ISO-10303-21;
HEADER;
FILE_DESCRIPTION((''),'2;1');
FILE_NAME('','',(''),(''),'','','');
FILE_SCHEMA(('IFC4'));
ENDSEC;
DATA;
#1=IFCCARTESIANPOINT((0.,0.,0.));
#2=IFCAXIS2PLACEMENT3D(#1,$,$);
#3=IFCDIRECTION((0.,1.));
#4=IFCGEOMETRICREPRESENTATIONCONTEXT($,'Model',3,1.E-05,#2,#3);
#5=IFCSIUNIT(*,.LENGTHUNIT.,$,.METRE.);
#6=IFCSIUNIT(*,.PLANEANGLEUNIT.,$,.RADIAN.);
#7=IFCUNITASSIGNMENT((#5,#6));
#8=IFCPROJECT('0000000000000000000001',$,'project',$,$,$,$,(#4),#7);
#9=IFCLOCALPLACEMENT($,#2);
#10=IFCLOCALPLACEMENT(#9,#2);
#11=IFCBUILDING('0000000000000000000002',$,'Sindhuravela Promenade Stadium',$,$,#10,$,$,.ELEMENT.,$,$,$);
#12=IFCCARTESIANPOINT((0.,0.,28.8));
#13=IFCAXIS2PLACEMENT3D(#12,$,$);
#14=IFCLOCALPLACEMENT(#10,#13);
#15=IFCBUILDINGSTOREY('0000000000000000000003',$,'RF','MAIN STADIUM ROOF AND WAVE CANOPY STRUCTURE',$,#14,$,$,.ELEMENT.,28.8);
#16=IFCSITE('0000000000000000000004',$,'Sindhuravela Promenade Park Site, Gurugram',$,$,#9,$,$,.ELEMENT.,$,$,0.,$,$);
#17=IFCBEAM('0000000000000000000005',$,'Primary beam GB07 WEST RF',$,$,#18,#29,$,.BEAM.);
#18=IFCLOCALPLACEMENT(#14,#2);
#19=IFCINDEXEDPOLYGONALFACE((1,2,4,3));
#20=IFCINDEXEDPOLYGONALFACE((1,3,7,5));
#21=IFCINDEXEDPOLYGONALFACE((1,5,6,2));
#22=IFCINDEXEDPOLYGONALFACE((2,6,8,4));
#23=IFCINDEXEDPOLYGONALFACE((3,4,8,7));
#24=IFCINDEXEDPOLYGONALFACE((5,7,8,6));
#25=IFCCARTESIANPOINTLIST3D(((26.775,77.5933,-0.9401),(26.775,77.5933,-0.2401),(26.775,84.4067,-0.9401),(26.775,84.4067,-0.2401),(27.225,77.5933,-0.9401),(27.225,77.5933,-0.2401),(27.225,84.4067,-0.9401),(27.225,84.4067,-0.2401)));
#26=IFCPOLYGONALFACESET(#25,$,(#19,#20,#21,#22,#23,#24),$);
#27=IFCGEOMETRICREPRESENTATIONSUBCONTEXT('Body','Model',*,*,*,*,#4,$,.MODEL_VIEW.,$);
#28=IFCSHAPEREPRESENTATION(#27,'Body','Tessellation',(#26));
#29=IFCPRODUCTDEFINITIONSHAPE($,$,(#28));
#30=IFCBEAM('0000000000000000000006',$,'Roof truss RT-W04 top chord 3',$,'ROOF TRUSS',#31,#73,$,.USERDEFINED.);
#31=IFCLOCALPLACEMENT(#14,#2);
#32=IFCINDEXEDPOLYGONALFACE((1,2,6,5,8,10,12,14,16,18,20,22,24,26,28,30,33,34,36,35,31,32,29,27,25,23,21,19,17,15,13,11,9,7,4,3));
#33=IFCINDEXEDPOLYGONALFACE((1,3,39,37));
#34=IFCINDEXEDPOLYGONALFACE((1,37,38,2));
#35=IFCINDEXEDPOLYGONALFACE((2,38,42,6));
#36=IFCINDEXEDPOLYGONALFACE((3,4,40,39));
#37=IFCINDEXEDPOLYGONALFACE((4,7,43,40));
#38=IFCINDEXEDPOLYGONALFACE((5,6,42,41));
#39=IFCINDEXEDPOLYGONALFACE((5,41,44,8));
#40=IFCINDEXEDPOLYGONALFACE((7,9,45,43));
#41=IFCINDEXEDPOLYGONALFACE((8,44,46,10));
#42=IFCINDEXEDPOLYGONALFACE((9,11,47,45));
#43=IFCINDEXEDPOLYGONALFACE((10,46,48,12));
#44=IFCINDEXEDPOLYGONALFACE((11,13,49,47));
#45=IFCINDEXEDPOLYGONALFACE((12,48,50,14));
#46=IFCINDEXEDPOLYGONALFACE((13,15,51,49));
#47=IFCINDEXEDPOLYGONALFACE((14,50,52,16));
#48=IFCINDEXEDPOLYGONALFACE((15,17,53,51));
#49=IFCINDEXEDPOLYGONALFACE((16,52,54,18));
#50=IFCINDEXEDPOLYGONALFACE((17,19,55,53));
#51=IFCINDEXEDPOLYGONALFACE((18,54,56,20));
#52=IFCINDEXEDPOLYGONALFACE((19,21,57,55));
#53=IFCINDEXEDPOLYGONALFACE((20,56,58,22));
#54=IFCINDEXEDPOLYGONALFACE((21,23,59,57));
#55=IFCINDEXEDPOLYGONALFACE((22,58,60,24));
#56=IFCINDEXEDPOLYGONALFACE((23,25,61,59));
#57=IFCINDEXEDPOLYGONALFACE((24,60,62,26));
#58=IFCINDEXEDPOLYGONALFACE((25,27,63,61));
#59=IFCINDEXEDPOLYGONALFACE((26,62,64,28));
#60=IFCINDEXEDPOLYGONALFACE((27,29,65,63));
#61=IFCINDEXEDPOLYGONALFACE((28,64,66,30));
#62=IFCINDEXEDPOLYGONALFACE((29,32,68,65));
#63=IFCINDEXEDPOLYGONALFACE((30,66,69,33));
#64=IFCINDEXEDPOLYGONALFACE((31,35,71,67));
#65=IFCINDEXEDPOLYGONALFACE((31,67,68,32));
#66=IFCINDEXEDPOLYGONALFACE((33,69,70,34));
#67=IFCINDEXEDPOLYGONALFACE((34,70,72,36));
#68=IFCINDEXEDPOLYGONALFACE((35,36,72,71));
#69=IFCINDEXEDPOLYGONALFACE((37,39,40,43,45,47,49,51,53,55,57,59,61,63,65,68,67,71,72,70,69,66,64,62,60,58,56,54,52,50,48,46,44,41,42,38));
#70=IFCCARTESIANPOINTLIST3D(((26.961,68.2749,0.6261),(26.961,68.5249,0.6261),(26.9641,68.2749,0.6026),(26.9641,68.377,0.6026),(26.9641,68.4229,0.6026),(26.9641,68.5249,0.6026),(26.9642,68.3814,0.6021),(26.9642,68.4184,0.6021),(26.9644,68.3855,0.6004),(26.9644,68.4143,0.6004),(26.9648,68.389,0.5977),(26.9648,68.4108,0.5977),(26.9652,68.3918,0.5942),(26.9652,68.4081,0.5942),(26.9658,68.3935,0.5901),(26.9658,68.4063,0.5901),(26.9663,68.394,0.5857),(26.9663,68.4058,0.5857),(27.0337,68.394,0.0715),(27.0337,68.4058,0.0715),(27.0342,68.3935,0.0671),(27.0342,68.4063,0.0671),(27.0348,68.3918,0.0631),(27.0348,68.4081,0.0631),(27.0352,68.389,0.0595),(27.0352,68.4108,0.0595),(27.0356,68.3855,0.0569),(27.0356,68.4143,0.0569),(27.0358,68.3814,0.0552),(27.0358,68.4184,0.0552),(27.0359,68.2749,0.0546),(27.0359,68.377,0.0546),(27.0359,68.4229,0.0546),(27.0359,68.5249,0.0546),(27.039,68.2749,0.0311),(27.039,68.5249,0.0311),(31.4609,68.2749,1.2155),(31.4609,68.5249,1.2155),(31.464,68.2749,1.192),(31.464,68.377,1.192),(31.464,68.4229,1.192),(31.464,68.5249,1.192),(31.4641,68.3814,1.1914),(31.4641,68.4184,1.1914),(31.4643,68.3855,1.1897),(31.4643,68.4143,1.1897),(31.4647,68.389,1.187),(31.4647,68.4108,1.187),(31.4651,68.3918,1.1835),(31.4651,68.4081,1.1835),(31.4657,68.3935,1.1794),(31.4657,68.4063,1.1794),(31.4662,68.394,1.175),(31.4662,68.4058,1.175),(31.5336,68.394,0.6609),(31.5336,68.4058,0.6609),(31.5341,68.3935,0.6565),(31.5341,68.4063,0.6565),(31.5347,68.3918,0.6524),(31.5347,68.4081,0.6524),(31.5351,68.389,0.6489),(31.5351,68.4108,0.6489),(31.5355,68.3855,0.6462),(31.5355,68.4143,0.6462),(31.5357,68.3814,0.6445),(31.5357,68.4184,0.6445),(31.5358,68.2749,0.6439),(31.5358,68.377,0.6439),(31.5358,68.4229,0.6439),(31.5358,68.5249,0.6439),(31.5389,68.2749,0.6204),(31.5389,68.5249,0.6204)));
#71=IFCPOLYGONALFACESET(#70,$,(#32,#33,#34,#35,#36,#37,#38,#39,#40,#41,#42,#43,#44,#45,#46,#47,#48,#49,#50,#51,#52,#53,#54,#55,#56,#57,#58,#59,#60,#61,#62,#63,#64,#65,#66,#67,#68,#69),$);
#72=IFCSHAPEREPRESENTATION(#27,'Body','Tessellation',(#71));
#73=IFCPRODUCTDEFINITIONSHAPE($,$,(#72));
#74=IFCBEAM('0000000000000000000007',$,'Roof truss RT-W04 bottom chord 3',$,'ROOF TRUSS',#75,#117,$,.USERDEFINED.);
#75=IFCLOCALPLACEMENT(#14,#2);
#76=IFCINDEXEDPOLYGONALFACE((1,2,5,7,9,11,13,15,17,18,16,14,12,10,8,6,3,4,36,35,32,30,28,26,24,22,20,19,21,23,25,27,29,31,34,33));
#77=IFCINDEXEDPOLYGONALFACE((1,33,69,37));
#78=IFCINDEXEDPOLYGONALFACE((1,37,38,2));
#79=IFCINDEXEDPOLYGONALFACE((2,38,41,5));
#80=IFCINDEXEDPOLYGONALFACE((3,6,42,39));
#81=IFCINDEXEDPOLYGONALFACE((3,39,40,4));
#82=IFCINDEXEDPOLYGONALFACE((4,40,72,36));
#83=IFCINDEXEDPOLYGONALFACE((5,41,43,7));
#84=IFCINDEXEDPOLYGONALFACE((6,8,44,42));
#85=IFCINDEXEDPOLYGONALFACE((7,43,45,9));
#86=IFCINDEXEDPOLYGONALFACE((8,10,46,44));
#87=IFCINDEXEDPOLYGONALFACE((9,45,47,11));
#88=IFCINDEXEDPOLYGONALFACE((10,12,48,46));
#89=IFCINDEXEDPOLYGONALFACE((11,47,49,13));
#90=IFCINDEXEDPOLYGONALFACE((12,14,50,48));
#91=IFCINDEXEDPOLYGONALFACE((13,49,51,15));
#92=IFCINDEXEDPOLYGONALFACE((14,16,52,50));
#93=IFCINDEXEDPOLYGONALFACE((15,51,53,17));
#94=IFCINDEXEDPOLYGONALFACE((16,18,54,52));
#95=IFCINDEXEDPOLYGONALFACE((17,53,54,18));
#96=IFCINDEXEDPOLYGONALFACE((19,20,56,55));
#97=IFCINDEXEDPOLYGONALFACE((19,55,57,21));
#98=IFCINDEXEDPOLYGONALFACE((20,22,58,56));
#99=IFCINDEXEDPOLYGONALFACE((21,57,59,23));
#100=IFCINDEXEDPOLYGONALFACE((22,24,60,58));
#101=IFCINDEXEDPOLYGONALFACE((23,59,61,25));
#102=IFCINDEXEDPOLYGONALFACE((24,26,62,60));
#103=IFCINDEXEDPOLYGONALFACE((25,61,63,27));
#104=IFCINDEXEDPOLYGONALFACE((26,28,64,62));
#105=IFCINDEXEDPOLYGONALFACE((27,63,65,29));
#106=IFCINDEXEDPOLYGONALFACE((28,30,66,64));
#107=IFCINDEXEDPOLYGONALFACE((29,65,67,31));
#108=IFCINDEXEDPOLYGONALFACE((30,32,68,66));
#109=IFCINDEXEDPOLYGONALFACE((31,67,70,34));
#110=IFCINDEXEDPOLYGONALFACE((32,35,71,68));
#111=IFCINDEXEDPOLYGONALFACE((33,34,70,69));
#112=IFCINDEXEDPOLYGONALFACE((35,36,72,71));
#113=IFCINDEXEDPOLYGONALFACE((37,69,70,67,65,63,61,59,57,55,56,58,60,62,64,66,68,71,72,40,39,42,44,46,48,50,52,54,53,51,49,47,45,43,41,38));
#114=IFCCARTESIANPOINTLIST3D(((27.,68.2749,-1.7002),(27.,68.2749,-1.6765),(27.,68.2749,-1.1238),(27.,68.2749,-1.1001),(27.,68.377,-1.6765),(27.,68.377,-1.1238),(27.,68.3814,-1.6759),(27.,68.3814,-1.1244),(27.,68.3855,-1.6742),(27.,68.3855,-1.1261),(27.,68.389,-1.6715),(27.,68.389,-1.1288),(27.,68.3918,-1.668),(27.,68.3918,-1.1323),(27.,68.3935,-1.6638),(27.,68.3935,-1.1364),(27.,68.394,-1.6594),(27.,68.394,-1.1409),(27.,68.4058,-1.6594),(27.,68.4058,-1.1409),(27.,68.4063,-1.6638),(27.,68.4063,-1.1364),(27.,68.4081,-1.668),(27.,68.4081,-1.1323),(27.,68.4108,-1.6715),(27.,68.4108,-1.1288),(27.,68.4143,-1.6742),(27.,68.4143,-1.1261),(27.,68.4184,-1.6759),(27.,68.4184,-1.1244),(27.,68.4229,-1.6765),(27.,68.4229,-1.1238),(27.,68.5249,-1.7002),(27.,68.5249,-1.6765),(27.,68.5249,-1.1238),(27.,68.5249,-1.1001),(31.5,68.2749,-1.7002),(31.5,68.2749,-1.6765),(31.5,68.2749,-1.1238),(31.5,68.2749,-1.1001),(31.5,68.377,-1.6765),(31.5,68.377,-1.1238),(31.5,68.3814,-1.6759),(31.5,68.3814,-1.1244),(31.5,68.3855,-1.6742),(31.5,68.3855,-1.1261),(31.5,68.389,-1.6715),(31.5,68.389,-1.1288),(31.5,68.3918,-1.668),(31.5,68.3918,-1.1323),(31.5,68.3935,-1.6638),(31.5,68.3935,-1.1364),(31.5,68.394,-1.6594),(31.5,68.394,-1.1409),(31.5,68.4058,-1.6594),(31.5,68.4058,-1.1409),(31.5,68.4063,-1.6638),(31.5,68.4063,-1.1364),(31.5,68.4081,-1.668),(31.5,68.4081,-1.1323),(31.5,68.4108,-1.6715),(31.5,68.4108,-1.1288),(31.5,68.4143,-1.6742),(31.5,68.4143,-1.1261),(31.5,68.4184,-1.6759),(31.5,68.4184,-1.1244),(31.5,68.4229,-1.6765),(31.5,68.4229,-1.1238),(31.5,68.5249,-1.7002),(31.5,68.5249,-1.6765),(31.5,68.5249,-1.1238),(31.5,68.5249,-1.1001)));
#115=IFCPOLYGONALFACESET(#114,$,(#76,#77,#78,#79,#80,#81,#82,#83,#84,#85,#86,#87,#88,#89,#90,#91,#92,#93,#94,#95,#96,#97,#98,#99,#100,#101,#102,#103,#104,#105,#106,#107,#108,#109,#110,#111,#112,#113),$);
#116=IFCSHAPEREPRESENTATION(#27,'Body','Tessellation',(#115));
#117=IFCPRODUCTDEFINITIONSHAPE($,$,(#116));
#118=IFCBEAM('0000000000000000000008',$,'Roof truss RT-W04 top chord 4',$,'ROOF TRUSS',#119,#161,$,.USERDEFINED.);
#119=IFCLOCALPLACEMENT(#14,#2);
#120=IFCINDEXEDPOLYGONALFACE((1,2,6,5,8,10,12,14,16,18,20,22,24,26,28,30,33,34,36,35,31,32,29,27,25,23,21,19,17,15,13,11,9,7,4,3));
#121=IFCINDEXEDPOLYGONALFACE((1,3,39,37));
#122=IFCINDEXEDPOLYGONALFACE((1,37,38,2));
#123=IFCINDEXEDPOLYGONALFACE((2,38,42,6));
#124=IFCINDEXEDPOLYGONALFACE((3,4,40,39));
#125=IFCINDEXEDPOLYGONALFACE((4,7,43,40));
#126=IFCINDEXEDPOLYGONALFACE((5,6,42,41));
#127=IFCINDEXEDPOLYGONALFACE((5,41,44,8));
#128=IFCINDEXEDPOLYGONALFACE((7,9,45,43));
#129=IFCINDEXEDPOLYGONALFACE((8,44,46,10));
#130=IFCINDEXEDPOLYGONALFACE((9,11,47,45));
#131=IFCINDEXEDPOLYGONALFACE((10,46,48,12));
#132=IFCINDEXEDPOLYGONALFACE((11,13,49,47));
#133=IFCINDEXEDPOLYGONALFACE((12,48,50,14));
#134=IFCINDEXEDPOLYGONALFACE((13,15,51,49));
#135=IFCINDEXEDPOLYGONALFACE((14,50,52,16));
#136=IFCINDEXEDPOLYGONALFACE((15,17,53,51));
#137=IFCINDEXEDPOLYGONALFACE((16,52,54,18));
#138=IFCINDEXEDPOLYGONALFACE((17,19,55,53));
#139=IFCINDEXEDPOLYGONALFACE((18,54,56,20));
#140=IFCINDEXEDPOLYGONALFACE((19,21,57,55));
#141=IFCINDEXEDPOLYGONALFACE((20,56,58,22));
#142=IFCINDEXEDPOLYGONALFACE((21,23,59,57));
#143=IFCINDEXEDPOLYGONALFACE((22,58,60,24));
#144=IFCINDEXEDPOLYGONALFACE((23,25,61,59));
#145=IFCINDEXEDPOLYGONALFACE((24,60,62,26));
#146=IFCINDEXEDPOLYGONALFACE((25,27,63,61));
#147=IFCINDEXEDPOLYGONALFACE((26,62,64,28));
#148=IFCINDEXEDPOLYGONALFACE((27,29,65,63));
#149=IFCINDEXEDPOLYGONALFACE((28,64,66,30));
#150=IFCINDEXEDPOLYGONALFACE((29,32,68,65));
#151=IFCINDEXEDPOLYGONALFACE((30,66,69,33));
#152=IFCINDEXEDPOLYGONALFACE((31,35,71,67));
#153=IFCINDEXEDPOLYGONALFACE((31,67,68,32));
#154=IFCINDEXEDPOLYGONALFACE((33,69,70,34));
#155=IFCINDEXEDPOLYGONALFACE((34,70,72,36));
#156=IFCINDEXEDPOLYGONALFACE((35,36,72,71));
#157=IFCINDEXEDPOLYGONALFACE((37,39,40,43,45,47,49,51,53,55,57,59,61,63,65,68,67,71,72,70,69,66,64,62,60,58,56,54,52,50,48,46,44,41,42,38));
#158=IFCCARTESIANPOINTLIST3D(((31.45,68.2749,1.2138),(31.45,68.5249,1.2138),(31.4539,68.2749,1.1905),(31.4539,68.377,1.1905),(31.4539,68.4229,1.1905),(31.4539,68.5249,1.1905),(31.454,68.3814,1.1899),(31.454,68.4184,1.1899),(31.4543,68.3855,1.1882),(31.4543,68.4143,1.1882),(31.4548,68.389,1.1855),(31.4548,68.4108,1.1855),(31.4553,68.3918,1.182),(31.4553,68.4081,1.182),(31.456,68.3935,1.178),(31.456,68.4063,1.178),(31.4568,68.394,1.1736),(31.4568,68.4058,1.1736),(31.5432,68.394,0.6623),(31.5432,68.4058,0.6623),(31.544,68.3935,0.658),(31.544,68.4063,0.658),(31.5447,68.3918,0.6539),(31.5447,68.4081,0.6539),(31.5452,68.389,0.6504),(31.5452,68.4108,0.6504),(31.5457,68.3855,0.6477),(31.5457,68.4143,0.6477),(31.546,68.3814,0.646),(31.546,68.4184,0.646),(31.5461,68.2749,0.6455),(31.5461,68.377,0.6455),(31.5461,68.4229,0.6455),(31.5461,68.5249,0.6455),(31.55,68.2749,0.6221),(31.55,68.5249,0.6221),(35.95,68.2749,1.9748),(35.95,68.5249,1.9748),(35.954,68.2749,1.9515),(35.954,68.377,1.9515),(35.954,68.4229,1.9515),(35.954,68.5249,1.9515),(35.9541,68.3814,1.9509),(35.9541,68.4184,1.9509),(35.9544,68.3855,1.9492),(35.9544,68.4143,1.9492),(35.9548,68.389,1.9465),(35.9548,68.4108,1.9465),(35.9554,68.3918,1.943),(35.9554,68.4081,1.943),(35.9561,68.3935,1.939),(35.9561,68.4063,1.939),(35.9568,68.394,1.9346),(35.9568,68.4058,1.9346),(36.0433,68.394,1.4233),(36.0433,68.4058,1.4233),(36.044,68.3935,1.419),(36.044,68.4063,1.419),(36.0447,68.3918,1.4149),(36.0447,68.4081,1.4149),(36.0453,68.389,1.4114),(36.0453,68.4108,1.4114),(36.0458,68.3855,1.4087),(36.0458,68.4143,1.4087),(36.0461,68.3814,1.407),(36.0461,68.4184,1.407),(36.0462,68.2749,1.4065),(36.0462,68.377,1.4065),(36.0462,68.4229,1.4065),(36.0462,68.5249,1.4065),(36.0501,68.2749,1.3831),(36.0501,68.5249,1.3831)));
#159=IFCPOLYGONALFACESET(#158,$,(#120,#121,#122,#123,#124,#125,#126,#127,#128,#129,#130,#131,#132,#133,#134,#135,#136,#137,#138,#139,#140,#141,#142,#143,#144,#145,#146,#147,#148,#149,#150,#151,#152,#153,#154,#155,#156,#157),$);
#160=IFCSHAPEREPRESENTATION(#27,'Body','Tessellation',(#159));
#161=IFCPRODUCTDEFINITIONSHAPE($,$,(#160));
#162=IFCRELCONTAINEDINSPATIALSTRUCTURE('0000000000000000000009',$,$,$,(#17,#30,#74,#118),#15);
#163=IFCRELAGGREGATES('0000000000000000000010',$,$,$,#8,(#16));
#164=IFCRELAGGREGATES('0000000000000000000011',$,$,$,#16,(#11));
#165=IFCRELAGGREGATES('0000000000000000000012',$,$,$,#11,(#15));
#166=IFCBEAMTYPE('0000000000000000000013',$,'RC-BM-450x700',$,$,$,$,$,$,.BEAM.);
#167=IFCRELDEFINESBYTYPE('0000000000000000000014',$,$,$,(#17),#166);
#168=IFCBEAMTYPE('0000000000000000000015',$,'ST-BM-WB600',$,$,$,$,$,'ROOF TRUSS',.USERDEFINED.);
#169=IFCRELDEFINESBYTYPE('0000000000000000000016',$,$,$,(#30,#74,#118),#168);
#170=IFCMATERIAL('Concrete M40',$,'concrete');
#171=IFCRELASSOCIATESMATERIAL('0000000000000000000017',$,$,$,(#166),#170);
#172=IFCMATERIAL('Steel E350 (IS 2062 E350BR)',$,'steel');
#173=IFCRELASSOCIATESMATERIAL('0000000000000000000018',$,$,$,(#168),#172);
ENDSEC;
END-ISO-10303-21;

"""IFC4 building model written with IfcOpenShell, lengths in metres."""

from ifc_helpers import new_model, si_unit, direction, frame, origin, origin_2d, place, context, subcontext, project, spatial, rectangle, i_section, extrude, material, material_profile, profile_set, type_object, element, save


model = new_model("IFC4")

# Units and contexts
model_context = context("Model", 3, precision=1e-05, world=origin(), true_north=direction((0.0, 1.0)))
body_context = subcontext(model_context, "Body", "Model", "MODEL_VIEW")
ifc_project = project(units=[si_unit("LENGTHUNIT", "METRE"), si_unit("PLANEANGLEUNIT", "RADIAN")], contexts=[model_context])

# Site, building, storey
site_placement = place(None, origin())
site = spatial("IfcSite", under=ifc_project, at=site_placement, Name="Sindhuravela Promenade Park Site, Gurugram", CompositionType="ELEMENT", RefElevation=0.0)
building_placement = place(site_placement, origin())
building = spatial("IfcBuilding", under=site, at=building_placement, Name="Sindhuravela Promenade Stadium", CompositionType="ELEMENT")
storey_placement = place(building_placement, frame((0.0, 0.0, 28.8)))
storey = spatial("IfcBuildingStorey", under=building, at=storey_placement, Name="RF", Description="MAIN STADIUM ROOF AND WAVE CANOPY STRUCTURE", CompositionType="ELEMENT", Elevation=28.8)

# Beams
ifc_material_1 = material(Name="Concrete M40", Category="concrete")
ifc_material_profile_1 = material_profile(ifc_material_1, rectangle(XDim=0.45, YDim=0.7, at=origin_2d()), Name="RC 450x700")
ifc_profile_set_1 = profile_set([ifc_material_profile_1], Name="Concrete M40")
beam_type_1 = type_object("IfcBeamType", Name="RC-BM-450x700", PredefinedType="BEAM", material=ifc_profile_set_1)
beam_1_placement = place(storey_placement, frame((27.0, 77.5933, -0.5901), z_axis=(0.0, 1.0, 0.0), x_axis=(-1.0, 0.0, 0.0)))
element("IfcBeam", 1, at=beam_1_placement, inside=storey, type_object=beam_type_1, Name="Primary beam GB07 WEST RF", PredefinedType="BEAM", context=body_context, shape_type="SweptSolid", body=[
    extrude(rectangle(XDim=0.45, YDim=0.7, at=origin_2d()), origin(), (0.0, 0.0, 1.0), 6.8135),
])
ifc_material_2 = material(Name="Steel E350 (IS 2062 E350BR)", Category="steel")
ifc_material_profile_2 = material_profile(ifc_material_2, i_section(OverallWidth=0.25, OverallDepth=0.6001, WebThickness=0.0117, FlangeThickness=0.0237, FilletRadius=0.0171, at=origin_2d()), Name="ISWB 600")
ifc_profile_set_2 = profile_set([ifc_material_profile_2], Name="Steel E350 (IS 2062 E350BR)")
beam_type_2 = type_object("IfcBeamType", Name="ST-BM-WB600", ElementType="ROOF TRUSS", PredefinedType="USERDEFINED", material=ifc_profile_set_2)
beam_2_placement = place(storey_placement, frame((27.0, 68.3999, 0.3286), z_axis=(0.991532, 0.0, 0.129859), x_axis=(0.0, 1.0, 0.0)))
element("IfcBeam", 2, at=beam_2_placement, inside=storey, type_object=beam_type_2, Name="Roof truss RT-W04 top chord 3", ObjectType="ROOF TRUSS", PredefinedType="USERDEFINED", context=body_context, shape_type="SweptSolid", body=[
    extrude(i_section(OverallWidth=0.25, OverallDepth=0.6001, WebThickness=0.0117, FlangeThickness=0.0237, FilletRadius=0.0171, at=origin_2d()), origin(), (0.0, 0.0, 1.0), 4.5383),
])
beam_3_placement = place(storey_placement, frame((27.0, 68.3999, -1.4001), z_axis=(1.0, 0.0, 0.0), x_axis=(0.0, 1.0, 0.0)))
element("IfcBeam", 3, at=beam_3_placement, inside=storey, type_object=beam_type_2, Name="Roof truss RT-W04 bottom chord 3", ObjectType="ROOF TRUSS", PredefinedType="USERDEFINED", context=body_context, shape_type="SweptSolid", body=[
    extrude(i_section(OverallWidth=0.25, OverallDepth=0.6001, WebThickness=0.0117, FlangeThickness=0.0237, FilletRadius=0.0171, at=origin_2d()), origin(), (0.0, 0.0, 1.0), 4.5),
])
beam_4_placement = place(storey_placement, frame((31.5, 68.3999, 0.918), z_axis=(0.986001, 0.0, 0.166741), x_axis=(0.0, 1.0, 0.0)))
element("IfcBeam", 4, at=beam_4_placement, inside=storey, type_object=beam_type_2, Name="Roof truss RT-W04 top chord 4", ObjectType="ROOF TRUSS", PredefinedType="USERDEFINED", context=body_context, shape_type="SweptSolid", body=[
    extrude(i_section(OverallWidth=0.25, OverallDepth=0.6001, WebThickness=0.0117, FlangeThickness=0.0237, FilletRadius=0.0171, at=origin_2d()), origin(), (0.0, 0.0, 1.0), 4.564),
])

save(model, "model.ifc")
